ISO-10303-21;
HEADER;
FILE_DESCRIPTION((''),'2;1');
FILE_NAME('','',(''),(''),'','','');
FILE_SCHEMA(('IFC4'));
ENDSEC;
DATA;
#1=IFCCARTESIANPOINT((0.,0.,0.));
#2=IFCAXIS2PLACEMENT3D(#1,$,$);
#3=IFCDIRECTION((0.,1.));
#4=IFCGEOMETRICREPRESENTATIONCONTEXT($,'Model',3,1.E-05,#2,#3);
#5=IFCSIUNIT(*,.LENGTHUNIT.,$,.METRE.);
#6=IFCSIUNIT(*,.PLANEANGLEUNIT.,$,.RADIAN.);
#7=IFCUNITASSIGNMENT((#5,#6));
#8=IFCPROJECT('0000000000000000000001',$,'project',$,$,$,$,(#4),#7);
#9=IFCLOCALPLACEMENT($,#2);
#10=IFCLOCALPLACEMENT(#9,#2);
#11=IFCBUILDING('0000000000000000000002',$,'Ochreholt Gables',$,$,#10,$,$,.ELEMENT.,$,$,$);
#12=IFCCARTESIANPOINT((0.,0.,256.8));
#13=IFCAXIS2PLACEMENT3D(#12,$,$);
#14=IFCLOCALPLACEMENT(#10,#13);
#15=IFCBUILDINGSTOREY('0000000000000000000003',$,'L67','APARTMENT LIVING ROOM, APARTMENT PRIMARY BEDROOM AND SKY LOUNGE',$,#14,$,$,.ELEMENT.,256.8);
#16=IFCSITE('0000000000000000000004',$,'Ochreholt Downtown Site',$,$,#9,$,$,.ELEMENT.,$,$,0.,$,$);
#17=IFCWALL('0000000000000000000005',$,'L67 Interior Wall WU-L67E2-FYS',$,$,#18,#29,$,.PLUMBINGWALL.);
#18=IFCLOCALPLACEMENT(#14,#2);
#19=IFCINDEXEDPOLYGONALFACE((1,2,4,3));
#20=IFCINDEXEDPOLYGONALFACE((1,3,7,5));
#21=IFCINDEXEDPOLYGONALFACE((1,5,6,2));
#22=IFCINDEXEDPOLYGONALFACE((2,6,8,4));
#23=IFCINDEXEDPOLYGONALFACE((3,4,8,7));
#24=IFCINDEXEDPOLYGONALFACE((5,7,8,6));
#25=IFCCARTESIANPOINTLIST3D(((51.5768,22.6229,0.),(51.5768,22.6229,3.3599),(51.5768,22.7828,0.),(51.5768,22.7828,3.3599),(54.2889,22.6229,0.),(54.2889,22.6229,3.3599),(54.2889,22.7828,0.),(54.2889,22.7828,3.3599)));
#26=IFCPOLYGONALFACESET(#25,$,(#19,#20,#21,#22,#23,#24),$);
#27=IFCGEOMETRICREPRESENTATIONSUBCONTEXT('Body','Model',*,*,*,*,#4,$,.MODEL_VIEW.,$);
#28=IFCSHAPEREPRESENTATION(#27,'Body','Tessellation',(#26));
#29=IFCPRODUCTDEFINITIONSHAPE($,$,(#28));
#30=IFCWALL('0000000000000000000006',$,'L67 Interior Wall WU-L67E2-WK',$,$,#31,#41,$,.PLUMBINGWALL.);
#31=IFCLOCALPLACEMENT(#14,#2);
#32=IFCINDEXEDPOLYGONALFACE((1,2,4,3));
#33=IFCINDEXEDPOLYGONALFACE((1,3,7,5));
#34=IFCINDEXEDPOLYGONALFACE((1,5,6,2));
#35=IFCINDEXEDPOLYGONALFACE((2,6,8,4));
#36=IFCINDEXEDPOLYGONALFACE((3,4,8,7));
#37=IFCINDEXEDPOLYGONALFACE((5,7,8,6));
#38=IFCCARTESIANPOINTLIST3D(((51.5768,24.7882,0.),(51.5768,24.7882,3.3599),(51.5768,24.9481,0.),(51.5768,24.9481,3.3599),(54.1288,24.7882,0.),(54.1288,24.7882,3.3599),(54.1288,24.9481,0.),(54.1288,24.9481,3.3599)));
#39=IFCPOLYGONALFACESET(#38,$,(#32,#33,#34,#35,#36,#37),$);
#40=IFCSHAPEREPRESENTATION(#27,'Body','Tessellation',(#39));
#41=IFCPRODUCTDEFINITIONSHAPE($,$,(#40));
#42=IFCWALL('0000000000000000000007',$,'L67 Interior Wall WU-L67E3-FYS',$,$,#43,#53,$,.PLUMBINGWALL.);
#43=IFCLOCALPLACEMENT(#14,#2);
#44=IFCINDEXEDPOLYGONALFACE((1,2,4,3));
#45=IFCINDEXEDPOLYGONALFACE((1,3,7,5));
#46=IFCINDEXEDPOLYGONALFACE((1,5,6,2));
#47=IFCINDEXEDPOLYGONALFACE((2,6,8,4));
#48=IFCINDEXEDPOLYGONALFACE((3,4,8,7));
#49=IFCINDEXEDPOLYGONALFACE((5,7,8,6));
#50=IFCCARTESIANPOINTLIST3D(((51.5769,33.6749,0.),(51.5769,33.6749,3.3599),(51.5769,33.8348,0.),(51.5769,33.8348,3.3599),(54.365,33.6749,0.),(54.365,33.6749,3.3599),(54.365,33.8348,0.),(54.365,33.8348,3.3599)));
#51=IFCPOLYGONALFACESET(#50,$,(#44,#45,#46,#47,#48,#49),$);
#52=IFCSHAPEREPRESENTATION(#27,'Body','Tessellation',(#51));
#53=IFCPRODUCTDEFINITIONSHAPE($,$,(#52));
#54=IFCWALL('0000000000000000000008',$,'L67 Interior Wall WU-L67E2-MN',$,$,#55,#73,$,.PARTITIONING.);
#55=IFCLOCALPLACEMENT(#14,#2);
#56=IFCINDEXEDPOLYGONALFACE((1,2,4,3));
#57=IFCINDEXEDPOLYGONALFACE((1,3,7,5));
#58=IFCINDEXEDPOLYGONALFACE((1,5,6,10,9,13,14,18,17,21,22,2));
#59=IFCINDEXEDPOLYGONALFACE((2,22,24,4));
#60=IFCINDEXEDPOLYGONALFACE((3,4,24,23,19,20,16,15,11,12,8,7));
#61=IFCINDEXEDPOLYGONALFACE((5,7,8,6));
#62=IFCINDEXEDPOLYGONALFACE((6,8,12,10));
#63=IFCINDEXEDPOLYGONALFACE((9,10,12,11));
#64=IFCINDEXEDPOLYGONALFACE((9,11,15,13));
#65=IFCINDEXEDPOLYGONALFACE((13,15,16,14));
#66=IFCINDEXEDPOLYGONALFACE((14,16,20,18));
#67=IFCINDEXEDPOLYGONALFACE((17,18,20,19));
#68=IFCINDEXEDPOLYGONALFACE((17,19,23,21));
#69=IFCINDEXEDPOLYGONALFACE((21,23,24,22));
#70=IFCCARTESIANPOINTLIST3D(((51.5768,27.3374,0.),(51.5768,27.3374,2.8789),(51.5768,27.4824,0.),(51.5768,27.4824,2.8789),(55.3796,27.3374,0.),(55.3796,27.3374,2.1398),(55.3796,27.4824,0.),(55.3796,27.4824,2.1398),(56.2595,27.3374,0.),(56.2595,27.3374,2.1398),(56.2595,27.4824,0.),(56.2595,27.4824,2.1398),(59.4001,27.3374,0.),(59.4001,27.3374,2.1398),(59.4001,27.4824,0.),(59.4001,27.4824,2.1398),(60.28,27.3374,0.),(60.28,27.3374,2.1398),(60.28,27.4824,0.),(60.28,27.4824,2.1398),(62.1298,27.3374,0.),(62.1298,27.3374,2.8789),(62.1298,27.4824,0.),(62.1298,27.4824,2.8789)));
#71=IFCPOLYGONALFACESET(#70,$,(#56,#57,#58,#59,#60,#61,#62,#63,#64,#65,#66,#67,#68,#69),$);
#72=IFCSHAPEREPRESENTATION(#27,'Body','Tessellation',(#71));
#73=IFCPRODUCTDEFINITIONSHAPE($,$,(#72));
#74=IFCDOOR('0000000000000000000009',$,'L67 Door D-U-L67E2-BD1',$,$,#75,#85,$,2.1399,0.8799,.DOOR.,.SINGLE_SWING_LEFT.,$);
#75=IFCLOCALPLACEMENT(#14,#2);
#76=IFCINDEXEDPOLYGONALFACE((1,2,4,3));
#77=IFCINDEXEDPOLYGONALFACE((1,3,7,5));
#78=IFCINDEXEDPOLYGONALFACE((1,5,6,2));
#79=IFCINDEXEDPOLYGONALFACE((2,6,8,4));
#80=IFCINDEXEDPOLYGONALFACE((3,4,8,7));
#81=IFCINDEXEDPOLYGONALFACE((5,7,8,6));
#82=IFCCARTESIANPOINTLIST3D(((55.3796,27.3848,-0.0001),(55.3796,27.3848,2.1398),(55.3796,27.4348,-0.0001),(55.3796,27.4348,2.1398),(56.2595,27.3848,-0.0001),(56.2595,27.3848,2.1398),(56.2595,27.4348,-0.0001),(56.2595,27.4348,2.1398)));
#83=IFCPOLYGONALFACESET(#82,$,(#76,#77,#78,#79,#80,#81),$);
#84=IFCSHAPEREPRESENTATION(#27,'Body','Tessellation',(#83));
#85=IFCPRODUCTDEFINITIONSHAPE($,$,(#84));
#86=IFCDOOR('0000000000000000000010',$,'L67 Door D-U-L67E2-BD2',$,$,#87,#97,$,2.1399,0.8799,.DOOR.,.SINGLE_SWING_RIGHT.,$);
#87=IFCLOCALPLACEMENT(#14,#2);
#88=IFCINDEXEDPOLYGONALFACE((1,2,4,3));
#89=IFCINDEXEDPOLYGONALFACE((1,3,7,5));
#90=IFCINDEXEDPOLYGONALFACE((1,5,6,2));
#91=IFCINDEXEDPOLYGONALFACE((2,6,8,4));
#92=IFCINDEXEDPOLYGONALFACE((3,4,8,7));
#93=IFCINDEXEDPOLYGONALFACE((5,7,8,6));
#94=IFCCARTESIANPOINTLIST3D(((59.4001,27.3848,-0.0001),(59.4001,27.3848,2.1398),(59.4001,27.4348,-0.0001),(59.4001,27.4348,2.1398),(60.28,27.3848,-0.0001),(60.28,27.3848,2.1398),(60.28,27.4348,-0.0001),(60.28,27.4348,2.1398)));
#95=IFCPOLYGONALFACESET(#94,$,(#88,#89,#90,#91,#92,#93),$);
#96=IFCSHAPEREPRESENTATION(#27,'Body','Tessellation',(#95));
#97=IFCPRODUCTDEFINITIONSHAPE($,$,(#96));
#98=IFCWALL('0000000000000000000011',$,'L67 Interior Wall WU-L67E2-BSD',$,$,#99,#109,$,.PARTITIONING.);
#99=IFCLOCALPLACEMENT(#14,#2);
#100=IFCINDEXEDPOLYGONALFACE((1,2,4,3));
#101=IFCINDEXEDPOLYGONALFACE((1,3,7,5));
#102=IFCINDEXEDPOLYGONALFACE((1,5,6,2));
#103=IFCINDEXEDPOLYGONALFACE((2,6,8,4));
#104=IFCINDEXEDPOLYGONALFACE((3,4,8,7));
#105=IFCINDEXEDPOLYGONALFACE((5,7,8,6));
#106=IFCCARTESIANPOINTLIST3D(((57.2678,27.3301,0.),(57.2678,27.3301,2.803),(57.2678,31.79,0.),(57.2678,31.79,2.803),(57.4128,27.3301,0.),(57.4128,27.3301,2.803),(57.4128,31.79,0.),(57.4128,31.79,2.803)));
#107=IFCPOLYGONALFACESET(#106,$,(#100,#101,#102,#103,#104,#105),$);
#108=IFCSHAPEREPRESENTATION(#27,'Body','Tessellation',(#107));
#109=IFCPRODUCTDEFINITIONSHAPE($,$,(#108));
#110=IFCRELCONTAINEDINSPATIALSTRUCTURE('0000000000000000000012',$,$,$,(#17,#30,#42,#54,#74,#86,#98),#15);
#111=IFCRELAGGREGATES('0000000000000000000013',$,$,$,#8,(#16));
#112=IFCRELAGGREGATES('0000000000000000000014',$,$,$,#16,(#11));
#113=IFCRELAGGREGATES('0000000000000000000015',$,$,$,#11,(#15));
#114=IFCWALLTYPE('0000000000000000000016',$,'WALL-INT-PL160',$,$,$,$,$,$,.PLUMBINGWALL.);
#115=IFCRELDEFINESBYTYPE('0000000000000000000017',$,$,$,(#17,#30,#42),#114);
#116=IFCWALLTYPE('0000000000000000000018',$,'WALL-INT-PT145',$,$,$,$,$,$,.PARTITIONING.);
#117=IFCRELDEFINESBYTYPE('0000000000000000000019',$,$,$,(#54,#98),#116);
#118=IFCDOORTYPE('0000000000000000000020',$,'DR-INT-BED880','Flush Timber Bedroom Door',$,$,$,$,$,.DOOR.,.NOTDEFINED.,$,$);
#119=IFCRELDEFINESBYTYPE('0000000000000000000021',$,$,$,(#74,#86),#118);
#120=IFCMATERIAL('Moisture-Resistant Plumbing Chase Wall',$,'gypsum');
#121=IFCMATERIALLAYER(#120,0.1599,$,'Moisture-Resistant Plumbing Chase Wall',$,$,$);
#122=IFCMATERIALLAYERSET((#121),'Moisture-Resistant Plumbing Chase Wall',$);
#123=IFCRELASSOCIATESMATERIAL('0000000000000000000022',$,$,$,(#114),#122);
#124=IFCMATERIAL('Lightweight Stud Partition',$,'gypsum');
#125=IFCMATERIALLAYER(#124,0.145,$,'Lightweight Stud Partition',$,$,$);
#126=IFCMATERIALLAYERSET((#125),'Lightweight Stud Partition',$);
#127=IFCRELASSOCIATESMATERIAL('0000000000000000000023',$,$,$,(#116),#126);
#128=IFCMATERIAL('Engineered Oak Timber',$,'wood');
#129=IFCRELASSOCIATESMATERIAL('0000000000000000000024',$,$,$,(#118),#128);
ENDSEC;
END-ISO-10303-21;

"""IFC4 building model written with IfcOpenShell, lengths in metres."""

from ifc_helpers import new_model, si_unit, direction, frame, frame_2d, origin, place, context, subcontext, project, spatial, rectangle, extrude, material, layer, layer_set, type_object, element, fill, save


model = new_model("IFC4")

# Units and contexts
model_context = context("Model", 3, precision=1e-05, world=origin(), true_north=direction((0.0, 1.0)))
body_context = subcontext(model_context, "Body", "Model", "MODEL_VIEW")
ifc_project = project(units=[si_unit("LENGTHUNIT", "METRE"), si_unit("PLANEANGLEUNIT", "RADIAN")], contexts=[model_context])

# Site, building, storey
site_placement = place(None, origin())
site = spatial("IfcSite", under=ifc_project, at=site_placement, Name="Ochreholt Downtown Site", CompositionType="ELEMENT", RefElevation=0.0)
building_placement = place(site_placement, origin())
building = spatial("IfcBuilding", under=site, at=building_placement, Name="Ochreholt Gables", CompositionType="ELEMENT")
storey_placement = place(building_placement, frame((0.0, 0.0, 256.8)))
storey = spatial("IfcBuildingStorey", under=building, at=storey_placement, Name="L67", Description="APARTMENT LIVING ROOM, APARTMENT PRIMARY BEDROOM AND SKY LOUNGE", CompositionType="ELEMENT", Elevation=256.8)

# Shared definitions
ifc_material_1 = material(Name="Engineered Oak Timber", Category="wood")

# Walls
ifc_material_2 = material(Name="Moisture-Resistant Plumbing Chase Wall", Category="gypsum")
ifc_layer_1 = layer(ifc_material_2, 0.1599, Name="Moisture-Resistant Plumbing Chase Wall")
ifc_layer_set_1 = layer_set([ifc_layer_1], Name="Moisture-Resistant Plumbing Chase Wall")
wall_type_1 = type_object("IfcWallType", Name="WALL-INT-PL160", PredefinedType="PLUMBINGWALL", material=ifc_layer_set_1)
wall_1_placement = place(storey_placement, frame((51.5769, 22.7029, 0.0), z_axis=(0.0, 0.0, 1.0), x_axis=(1.0, 0.0, 0.0)))
element("IfcWall", 1, at=wall_1_placement, inside=storey, type_object=wall_type_1, Name="L67 Interior Wall WU-L67E2-FYS", PredefinedType="PLUMBINGWALL", context=body_context, shape_type="SweptSolid", body=[
    extrude(rectangle(XDim=2.7122, YDim=0.1599, at=frame_2d((1.356, 0.0))), origin(), (0.0, 0.0, 1.0), 3.3599),
])
wall_2_placement = place(storey_placement, frame((51.5769, 24.8682, 0.0), z_axis=(0.0, 0.0, 1.0), x_axis=(1.0, 0.0, 0.0)))
element("IfcWall", 2, at=wall_2_placement, inside=storey, type_object=wall_type_1, Name="L67 Interior Wall WU-L67E2-WK", PredefinedType="PLUMBINGWALL", context=body_context, shape_type="SweptSolid", body=[
    extrude(rectangle(XDim=2.552, YDim=0.1599, at=frame_2d((1.2759, 0.0))), origin(), (0.0, 0.0, 1.0), 3.3599),
])
wall_3_placement = place(storey_placement, frame((51.5769, 33.7549, 0.0), z_axis=(0.0, 0.0, 1.0), x_axis=(1.0, 0.0, 0.0)))
element("IfcWall", 3, at=wall_3_placement, inside=storey, type_object=wall_type_1, Name="L67 Interior Wall WU-L67E3-FYS", PredefinedType="PLUMBINGWALL", context=body_context, shape_type="SweptSolid", body=[
    extrude(rectangle(XDim=2.7881, YDim=0.1599, at=frame_2d((1.394, 0.0))), origin(), (0.0, 0.0, 1.0), 3.3599),
])

# Wall, openings, doors
ifc_material_3 = material(Name="Lightweight Stud Partition", Category="gypsum")
ifc_layer_2 = layer(ifc_material_3, 0.145, Name="Lightweight Stud Partition")
ifc_layer_set_2 = layer_set([ifc_layer_2], Name="Lightweight Stud Partition")
wall_type_2 = type_object("IfcWallType", Name="WALL-INT-PT145", PredefinedType="PARTITIONING", material=ifc_layer_set_2)
wall_4_placement = place(storey_placement, frame((51.5769, 27.4099, 0.0), z_axis=(0.0, 0.0, 1.0), x_axis=(1.0, 0.0, 0.0)))
wall_4 = element("IfcWall", 4, at=wall_4_placement, inside=storey, type_object=wall_type_2, Name="L67 Interior Wall WU-L67E2-MN", PredefinedType="PARTITIONING", context=body_context, shape_type="SweptSolid", body=[
    extrude(rectangle(XDim=10.553, YDim=0.145, at=frame_2d((5.2764, 0.0))), origin(), (0.0, 0.0, 1.0), 2.8789),
])
opening_1_placement = place(wall_4_placement, frame((3.8027, 0.0, 0.0)))
opening_1 = element("IfcOpeningElement", 5, at=opening_1_placement, cuts=wall_4, PredefinedType="OPENING", context=body_context, shape_type="SweptSolid", body=[
    extrude(rectangle(XDim=0.8799, YDim=2.1399, at=frame_2d((0.4399, 1.0698))), frame((0.0, 0.0825, 0.0), z_axis=(0.0, -1.0, 0.0), x_axis=(1.0, 0.0, 0.0)), (0.0, 0.0, 1.0), 0.165),
])
opening_2_placement = place(wall_4_placement, frame((7.8232, 0.0, 0.0)))
opening_2 = element("IfcOpeningElement", 6, at=opening_2_placement, cuts=wall_4, PredefinedType="OPENING", context=body_context, shape_type="SweptSolid", body=[
    extrude(rectangle(XDim=0.8799, YDim=2.1399, at=frame_2d((0.4399, 1.0698))), frame((0.0, 0.0825, 0.0), z_axis=(0.0, -1.0, 0.0), x_axis=(1.0, 0.0, 0.0)), (0.0, 0.0, 1.0), 0.165),
])
door_type_1 = type_object("IfcDoorType", Name="DR-INT-BED880", Description="Flush Timber Bedroom Door", OperationType="NOTDEFINED", PredefinedType="DOOR", material=ifc_material_1)
door_1_placement = place(opening_1_placement, origin())
door_1 = element("IfcDoor", 7, at=door_1_placement, inside=storey, type_object=door_type_1, Name="L67 Door D-U-L67E2-BD1", OperationType="SINGLE_SWING_LEFT", OverallHeight=2.1399, OverallWidth=0.8799, PredefinedType="DOOR", context=body_context, shape_type="SweptSolid", body=[
    extrude(rectangle(XDim=0.8799, YDim=2.1399, at=frame_2d((0.4399, 1.0698))), frame((0.0, 0.0249, 0.0), z_axis=(0.0, -1.0, 0.0), x_axis=(1.0, 0.0, 0.0)), (0.0, 0.0, 1.0), 0.05),
])
fill(opening_1, door_1)
door_2_placement = place(opening_2_placement, origin())
door_2 = element("IfcDoor", 8, at=door_2_placement, inside=storey, type_object=door_type_1, Name="L67 Door D-U-L67E2-BD2", OperationType="SINGLE_SWING_RIGHT", OverallHeight=2.1399, OverallWidth=0.8799, PredefinedType="DOOR", context=body_context, shape_type="SweptSolid", body=[
    extrude(rectangle(XDim=0.8799, YDim=2.1399, at=frame_2d((0.4399, 1.0698))), frame((0.0, 0.0249, 0.0), z_axis=(0.0, -1.0, 0.0), x_axis=(1.0, 0.0, 0.0)), (0.0, 0.0, 1.0), 0.05),
])
fill(opening_2, door_2)

# Wall
wall_5_placement = place(storey_placement, frame((57.3403, 27.3301, 0.0), z_axis=(0.0, 0.0, 1.0), x_axis=(0.0, 1.0, 0.0)))
element("IfcWall", 9, at=wall_5_placement, inside=storey, type_object=wall_type_2, Name="L67 Interior Wall WU-L67E2-BSD", PredefinedType="PARTITIONING", context=body_context, shape_type="SweptSolid", body=[
    extrude(rectangle(XDim=4.46, YDim=0.145, at=frame_2d((2.23, 0.0))), origin(), (0.0, 0.0, 1.0), 2.803),
])

save(model, "model.ifc")
